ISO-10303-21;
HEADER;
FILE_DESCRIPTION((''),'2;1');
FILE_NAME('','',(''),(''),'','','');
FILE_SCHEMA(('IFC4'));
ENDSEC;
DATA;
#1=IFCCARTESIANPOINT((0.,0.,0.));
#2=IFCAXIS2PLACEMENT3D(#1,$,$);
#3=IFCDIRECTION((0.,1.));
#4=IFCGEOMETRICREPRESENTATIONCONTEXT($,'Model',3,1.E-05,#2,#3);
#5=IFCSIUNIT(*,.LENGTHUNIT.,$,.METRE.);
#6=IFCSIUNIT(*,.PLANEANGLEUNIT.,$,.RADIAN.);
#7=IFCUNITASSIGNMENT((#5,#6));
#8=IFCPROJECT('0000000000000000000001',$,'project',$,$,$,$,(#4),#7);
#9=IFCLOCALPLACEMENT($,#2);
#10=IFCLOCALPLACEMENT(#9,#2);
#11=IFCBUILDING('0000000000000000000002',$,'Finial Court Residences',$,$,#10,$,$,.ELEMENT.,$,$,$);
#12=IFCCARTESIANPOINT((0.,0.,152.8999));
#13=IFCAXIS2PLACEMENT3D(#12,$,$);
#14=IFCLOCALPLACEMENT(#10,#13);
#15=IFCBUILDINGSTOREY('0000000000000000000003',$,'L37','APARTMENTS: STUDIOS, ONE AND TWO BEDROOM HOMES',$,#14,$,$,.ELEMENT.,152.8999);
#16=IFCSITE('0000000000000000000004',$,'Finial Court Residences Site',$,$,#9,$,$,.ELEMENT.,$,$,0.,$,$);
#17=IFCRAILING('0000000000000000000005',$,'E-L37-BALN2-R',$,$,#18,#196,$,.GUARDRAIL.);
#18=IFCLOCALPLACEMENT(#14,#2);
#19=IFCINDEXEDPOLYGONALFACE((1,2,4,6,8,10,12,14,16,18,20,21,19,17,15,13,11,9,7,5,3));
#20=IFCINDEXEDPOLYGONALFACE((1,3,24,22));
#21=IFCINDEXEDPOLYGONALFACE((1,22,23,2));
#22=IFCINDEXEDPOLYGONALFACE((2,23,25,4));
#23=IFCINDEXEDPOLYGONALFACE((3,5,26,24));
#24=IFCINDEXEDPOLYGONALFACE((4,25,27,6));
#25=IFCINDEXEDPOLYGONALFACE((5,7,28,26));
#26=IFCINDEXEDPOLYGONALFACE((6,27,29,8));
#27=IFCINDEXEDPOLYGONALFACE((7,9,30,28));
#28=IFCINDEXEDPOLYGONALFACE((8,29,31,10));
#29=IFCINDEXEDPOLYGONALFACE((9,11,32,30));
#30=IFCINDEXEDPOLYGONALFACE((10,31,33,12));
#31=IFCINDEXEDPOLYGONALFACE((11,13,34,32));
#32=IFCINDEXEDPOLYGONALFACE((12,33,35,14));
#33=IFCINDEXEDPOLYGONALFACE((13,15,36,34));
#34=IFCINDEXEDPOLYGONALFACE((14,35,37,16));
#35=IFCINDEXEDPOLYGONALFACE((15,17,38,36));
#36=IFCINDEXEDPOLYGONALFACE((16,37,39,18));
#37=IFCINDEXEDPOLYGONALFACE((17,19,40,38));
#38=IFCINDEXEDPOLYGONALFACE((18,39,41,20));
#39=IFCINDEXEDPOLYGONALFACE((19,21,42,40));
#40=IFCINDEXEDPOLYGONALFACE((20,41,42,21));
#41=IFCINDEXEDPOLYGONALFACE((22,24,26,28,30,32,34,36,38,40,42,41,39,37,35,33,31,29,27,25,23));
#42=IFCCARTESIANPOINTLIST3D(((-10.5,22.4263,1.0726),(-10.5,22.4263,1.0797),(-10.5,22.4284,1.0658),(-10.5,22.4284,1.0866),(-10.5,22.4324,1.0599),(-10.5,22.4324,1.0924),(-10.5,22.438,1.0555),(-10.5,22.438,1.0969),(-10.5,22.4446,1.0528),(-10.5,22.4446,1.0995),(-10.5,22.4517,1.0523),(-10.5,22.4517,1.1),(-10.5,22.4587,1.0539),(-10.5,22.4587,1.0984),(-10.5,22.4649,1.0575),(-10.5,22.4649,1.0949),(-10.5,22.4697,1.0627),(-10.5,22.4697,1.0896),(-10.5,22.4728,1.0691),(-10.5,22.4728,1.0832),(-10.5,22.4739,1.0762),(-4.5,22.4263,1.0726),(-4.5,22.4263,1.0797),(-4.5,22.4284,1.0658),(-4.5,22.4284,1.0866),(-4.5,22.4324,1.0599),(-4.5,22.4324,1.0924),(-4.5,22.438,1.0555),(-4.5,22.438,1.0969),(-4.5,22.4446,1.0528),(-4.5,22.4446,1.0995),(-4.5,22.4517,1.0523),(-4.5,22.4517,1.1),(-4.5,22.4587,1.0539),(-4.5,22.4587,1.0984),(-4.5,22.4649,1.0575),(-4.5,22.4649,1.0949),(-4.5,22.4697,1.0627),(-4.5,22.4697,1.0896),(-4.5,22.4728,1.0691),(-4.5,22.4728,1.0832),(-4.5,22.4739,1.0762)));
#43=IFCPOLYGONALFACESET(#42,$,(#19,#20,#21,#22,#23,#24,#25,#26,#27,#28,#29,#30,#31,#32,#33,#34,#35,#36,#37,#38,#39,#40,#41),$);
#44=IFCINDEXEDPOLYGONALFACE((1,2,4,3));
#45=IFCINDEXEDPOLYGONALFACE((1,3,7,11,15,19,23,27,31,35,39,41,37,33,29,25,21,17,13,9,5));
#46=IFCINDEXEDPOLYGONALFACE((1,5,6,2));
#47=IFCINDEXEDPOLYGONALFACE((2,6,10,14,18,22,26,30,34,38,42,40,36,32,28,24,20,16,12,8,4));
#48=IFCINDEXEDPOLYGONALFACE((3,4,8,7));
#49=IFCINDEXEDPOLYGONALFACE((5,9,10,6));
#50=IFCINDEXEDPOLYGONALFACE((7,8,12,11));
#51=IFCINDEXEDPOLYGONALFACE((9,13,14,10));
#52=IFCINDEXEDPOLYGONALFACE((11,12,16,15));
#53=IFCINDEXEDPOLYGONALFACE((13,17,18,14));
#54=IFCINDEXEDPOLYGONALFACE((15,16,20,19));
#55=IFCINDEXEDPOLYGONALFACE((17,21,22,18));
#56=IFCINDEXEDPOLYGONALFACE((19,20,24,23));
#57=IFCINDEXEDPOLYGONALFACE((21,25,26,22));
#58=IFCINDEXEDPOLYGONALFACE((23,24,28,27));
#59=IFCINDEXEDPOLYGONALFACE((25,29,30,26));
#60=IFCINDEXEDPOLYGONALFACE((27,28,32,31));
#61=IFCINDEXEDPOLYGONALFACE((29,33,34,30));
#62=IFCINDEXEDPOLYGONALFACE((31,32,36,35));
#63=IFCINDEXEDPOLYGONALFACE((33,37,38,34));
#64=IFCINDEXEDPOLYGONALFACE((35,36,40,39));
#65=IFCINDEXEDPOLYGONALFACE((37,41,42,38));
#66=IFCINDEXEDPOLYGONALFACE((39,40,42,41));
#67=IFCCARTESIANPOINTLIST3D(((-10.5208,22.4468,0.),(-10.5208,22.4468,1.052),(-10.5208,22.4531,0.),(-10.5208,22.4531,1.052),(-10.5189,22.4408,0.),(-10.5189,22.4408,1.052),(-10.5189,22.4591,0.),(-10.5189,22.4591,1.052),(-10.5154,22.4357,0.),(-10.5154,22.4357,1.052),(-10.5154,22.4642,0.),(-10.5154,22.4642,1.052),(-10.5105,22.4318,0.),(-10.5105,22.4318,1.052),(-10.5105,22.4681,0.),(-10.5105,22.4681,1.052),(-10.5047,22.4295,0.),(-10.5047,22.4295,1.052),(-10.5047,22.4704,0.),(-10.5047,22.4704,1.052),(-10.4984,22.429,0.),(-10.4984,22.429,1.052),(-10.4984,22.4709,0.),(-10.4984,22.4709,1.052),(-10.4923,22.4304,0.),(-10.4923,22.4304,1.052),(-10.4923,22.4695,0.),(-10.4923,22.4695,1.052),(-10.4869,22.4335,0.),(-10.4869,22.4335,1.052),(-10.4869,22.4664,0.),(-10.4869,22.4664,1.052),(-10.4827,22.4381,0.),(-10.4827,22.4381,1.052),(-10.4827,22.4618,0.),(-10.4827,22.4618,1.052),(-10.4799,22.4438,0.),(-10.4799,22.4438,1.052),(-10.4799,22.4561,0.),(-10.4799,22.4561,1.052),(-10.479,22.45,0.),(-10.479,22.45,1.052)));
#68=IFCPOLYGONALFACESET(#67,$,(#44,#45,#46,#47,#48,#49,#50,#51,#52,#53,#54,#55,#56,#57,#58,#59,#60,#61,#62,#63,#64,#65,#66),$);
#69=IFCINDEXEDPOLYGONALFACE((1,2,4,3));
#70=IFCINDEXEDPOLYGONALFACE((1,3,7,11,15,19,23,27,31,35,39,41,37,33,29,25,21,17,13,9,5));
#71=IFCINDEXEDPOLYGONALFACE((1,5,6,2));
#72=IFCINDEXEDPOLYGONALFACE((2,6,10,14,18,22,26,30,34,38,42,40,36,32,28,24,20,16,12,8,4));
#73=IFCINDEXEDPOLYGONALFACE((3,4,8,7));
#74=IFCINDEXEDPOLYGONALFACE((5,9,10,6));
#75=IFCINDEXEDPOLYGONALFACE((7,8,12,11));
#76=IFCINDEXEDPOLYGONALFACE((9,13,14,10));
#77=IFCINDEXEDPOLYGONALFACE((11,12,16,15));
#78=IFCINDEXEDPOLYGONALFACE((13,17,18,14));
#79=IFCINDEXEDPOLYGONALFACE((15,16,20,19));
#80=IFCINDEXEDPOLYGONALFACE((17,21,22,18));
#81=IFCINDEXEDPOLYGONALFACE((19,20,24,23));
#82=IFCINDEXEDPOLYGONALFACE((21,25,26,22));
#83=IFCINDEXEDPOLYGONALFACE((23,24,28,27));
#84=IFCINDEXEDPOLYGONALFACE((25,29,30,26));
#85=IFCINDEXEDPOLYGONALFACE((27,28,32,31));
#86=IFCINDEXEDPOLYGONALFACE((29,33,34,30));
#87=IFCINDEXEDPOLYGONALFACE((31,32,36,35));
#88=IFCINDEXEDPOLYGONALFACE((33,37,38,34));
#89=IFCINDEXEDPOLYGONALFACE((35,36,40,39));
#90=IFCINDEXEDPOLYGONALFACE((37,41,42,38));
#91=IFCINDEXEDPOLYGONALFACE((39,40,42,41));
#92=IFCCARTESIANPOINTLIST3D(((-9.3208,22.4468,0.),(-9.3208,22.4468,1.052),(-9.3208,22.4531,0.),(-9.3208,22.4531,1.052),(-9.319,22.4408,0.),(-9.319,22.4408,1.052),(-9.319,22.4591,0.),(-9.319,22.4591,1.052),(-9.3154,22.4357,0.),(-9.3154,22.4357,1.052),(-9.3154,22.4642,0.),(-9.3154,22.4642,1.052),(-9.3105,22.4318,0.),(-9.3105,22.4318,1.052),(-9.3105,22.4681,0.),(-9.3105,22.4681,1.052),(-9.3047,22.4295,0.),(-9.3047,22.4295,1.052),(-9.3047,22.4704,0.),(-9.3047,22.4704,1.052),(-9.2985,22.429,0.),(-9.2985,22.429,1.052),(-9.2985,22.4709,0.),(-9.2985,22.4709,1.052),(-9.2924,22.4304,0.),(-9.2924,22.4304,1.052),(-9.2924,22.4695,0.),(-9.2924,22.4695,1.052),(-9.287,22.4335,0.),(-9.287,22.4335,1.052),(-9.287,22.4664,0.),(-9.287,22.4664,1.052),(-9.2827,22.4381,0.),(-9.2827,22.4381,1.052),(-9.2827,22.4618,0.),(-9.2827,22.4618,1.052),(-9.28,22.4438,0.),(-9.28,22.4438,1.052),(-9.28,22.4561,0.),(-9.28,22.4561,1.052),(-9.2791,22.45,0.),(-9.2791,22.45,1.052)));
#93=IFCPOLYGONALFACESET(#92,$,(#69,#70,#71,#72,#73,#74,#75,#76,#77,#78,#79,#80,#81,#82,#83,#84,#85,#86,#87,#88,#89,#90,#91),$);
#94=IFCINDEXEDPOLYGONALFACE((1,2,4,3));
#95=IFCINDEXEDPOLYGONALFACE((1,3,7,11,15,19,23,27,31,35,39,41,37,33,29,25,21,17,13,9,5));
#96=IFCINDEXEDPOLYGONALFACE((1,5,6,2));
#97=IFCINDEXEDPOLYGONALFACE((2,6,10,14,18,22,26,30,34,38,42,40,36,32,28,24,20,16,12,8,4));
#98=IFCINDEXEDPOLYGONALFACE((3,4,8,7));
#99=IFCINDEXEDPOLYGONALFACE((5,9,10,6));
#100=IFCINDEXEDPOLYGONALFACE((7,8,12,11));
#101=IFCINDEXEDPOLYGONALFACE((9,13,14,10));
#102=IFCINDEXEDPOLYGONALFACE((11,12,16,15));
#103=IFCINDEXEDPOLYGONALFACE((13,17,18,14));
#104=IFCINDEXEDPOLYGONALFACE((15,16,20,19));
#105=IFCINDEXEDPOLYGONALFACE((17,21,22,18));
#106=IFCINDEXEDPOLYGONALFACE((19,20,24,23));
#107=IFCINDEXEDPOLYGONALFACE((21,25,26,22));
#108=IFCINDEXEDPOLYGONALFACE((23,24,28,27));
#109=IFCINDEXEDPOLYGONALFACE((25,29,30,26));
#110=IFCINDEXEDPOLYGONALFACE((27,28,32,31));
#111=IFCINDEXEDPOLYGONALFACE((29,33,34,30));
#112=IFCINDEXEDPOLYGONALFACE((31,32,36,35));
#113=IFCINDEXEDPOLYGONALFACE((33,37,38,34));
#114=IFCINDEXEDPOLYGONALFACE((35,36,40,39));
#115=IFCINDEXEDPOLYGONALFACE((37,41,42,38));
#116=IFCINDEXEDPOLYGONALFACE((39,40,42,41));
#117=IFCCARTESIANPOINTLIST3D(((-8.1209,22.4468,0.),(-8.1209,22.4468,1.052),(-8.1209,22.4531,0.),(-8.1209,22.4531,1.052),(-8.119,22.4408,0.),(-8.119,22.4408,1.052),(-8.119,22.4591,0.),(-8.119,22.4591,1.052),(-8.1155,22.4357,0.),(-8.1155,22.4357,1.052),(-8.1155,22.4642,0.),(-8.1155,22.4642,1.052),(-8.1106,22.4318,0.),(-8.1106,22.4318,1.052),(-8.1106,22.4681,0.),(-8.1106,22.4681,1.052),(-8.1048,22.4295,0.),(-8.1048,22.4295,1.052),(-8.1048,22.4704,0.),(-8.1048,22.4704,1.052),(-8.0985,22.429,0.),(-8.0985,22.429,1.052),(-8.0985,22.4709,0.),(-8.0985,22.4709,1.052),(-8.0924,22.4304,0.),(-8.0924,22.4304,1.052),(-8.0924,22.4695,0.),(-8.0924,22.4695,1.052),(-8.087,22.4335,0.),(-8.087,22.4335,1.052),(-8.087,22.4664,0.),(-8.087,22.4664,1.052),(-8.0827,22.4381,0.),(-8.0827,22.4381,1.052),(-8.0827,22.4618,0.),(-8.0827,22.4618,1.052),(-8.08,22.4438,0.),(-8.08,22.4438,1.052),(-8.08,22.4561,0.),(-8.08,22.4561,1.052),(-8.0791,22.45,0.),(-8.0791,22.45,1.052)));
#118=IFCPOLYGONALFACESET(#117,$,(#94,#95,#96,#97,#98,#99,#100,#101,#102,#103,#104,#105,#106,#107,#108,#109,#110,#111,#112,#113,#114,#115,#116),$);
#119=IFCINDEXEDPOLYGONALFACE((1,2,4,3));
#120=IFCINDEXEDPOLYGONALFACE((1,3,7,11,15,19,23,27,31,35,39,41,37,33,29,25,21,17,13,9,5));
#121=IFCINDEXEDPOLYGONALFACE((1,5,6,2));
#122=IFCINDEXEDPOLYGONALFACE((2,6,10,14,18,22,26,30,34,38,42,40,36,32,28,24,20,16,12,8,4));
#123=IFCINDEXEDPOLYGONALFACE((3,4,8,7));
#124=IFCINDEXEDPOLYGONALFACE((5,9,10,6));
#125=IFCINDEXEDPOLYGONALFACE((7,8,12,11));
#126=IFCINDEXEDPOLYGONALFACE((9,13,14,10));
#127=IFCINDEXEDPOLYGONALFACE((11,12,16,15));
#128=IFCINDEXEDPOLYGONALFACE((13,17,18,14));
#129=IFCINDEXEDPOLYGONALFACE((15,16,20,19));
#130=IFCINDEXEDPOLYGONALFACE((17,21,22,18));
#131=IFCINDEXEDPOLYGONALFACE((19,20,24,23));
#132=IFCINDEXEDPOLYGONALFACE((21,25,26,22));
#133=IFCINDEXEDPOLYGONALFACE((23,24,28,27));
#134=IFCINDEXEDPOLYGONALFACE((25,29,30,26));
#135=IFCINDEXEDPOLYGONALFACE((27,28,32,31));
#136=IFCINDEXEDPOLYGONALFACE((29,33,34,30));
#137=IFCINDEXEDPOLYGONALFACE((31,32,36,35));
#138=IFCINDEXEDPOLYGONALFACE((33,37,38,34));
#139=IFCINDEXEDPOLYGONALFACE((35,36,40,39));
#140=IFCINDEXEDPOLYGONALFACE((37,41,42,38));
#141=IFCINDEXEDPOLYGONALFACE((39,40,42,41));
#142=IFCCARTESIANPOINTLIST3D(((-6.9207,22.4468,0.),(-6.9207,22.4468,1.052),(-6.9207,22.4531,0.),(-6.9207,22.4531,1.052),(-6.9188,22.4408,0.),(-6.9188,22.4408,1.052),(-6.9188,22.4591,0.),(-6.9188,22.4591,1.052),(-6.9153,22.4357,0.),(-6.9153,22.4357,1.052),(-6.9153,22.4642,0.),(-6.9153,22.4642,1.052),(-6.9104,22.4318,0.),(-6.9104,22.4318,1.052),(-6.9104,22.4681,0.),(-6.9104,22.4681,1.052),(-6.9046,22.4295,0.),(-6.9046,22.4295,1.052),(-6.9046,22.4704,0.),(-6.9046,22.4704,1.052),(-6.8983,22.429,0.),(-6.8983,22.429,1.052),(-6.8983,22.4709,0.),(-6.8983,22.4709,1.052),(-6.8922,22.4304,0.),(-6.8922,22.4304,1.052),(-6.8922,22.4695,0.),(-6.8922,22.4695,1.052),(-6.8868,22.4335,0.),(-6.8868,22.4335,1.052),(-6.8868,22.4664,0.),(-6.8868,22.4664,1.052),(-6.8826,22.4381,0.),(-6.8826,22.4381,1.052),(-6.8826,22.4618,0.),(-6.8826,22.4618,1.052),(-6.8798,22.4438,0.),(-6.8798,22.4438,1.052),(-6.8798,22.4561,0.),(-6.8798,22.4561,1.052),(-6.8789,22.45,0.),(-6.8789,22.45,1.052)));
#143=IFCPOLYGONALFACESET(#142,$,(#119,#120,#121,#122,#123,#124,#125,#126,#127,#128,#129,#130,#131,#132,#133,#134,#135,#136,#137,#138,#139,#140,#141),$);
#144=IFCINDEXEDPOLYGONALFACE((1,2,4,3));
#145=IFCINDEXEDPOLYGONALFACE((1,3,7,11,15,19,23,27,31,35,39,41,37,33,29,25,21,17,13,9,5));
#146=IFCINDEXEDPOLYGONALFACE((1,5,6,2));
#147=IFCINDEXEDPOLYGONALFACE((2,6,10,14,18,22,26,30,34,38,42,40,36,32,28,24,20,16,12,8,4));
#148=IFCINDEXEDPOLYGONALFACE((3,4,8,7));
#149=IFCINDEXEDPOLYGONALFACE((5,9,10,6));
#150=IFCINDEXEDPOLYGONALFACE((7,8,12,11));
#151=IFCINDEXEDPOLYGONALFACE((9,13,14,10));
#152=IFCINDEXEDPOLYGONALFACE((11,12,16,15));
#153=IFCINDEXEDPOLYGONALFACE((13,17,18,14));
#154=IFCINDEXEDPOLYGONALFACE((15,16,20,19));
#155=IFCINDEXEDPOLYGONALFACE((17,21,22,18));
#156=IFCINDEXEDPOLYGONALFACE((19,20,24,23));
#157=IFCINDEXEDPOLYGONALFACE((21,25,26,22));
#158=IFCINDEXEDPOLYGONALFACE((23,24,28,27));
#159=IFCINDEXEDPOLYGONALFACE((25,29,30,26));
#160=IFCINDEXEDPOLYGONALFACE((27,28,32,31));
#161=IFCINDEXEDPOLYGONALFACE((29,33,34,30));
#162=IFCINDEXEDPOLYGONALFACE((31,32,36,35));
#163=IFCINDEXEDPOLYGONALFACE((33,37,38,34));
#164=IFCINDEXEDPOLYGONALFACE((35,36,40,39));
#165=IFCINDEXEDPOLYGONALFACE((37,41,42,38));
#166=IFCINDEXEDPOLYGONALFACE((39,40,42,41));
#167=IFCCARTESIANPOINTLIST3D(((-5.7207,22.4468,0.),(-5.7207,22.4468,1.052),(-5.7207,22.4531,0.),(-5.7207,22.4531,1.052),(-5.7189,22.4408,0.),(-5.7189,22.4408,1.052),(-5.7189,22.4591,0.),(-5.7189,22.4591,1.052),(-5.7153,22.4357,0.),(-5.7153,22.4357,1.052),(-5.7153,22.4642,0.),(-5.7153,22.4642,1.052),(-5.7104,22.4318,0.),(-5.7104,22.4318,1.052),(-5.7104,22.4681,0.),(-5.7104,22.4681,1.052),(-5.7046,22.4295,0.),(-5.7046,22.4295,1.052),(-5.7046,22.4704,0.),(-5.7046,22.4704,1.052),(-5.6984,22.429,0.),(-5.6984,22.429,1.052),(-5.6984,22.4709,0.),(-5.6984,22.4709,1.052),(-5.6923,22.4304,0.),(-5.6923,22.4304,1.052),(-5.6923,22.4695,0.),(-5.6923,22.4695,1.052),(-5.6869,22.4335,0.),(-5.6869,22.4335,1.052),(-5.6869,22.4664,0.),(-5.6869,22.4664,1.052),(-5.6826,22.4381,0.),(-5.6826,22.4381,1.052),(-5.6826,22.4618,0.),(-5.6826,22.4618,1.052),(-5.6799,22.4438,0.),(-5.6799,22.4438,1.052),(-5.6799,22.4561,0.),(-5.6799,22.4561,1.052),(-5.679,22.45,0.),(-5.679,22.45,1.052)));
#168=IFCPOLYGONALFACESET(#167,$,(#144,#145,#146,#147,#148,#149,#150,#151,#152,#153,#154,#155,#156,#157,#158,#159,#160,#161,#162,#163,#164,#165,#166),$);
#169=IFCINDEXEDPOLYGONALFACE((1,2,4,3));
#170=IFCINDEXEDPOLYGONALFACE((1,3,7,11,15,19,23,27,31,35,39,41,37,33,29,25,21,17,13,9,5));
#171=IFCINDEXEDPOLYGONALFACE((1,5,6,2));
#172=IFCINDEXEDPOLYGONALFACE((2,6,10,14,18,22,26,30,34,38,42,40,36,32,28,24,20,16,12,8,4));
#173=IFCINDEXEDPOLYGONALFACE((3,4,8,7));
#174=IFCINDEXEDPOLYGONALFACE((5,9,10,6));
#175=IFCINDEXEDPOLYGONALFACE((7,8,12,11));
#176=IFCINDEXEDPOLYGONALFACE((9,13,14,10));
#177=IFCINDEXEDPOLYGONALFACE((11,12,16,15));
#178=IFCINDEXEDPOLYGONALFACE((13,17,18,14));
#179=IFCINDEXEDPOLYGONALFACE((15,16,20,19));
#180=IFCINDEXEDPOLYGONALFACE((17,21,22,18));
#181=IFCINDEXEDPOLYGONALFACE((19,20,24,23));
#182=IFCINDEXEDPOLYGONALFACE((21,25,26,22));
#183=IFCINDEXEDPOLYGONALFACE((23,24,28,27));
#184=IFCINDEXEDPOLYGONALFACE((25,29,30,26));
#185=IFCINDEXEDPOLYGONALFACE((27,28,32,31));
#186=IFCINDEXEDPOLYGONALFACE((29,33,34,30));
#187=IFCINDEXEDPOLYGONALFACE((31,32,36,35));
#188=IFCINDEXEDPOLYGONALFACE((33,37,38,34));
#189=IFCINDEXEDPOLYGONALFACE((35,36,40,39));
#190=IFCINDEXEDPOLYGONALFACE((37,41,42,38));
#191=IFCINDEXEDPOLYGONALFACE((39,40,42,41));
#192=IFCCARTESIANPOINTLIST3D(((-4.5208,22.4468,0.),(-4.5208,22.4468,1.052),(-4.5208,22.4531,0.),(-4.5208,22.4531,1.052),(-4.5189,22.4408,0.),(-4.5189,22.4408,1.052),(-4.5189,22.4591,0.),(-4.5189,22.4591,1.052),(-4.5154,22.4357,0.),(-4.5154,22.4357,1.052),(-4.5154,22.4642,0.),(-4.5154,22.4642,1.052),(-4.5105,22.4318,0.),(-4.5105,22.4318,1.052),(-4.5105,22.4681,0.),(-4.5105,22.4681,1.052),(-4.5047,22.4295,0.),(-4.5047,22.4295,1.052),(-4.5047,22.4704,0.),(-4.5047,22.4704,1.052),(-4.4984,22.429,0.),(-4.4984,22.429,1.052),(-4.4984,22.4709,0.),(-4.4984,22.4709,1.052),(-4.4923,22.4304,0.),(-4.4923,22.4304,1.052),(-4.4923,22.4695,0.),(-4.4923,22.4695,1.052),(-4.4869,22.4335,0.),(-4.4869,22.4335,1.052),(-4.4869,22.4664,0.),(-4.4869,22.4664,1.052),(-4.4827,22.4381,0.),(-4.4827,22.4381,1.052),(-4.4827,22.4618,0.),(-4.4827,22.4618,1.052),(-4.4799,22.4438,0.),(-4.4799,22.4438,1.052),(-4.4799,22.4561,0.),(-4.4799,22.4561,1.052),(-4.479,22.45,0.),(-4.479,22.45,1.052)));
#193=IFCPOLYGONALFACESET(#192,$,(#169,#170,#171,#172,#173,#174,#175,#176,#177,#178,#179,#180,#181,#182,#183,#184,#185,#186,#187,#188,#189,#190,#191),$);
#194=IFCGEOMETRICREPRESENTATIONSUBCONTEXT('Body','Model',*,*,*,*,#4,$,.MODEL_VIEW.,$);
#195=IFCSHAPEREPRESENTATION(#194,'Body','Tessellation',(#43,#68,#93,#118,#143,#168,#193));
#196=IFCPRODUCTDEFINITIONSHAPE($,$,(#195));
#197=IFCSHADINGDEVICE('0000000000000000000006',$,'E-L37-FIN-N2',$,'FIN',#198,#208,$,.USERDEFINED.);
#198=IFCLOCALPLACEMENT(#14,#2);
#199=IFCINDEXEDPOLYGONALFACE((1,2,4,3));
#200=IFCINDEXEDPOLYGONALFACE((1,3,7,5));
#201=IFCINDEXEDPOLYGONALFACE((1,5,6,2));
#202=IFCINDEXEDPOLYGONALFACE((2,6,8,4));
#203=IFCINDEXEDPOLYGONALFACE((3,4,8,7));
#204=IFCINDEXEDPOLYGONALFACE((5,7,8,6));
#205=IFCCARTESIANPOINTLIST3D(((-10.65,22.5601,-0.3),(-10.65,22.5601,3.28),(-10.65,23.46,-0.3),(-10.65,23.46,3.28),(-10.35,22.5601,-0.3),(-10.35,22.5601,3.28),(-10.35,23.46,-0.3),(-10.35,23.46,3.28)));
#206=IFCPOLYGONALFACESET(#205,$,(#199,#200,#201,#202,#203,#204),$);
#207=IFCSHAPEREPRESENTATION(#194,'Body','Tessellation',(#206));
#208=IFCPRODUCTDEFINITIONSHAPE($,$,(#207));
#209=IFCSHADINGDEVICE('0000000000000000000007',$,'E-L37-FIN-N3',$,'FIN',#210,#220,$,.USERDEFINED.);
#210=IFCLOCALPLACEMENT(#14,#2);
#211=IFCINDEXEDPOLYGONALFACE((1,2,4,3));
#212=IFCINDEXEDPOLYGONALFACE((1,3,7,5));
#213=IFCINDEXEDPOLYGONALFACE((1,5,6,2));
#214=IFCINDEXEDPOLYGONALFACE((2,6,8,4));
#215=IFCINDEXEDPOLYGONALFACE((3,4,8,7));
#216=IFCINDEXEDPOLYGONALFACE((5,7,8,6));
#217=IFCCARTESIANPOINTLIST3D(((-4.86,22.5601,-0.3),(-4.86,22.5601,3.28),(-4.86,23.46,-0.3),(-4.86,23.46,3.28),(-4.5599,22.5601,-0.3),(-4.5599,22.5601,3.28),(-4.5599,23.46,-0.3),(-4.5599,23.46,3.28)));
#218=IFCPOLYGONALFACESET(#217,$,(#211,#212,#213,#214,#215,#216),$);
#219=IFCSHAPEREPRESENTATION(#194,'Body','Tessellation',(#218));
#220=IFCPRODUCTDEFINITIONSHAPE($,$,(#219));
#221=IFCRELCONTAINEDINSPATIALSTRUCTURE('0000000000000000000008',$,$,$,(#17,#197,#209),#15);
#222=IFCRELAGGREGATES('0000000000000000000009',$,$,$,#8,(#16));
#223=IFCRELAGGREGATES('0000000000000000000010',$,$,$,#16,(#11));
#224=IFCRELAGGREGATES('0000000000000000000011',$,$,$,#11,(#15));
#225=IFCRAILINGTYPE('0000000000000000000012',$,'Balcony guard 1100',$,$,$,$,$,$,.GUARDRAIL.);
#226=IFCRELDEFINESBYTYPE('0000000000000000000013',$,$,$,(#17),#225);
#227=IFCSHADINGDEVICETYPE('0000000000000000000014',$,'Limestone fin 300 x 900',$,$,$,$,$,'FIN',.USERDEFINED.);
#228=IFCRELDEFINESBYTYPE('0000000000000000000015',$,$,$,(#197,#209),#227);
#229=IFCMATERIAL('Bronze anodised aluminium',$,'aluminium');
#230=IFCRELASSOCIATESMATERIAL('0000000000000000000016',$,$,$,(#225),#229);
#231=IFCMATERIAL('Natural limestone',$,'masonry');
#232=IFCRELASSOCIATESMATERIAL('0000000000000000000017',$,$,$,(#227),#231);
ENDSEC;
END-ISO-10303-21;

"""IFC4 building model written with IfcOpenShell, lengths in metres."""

from ifc_helpers import new_model, si_unit, direction, frame, origin, origin_2d, place, context, subcontext, project, spatial, rectangle, circle, extrude, material, type_object, element, save


model = new_model("IFC4")

# Units and contexts
model_context = context("Model", 3, precision=1e-05, world=origin(), true_north=direction((0.0, 1.0)))
body_context = subcontext(model_context, "Body", "Model", "MODEL_VIEW")
ifc_project = project(units=[si_unit("LENGTHUNIT", "METRE"), si_unit("PLANEANGLEUNIT", "RADIAN")], contexts=[model_context])

# Site, building, storey
site_placement = place(None, origin())
site = spatial("IfcSite", under=ifc_project, at=site_placement, Name="Finial Court Residences Site", CompositionType="ELEMENT", RefElevation=0.0)
building_placement = place(site_placement, origin())
building = spatial("IfcBuilding", under=site, at=building_placement, Name="Finial Court Residences", CompositionType="ELEMENT")
storey_placement = place(building_placement, frame((0.0, 0.0, 152.8999)))
storey = spatial("IfcBuildingStorey", under=building, at=storey_placement, Name="L37", Description="APARTMENTS: STUDIOS, ONE AND TWO BEDROOM HOMES", CompositionType="ELEMENT", Elevation=152.8999)

# Shared definitions
ifc_material_1 = material(Name="Bronze anodised aluminium", Category="aluminium")

# Shared definitions
ifc_material_2 = material(Name="Natural limestone", Category="masonry")

# Railing
railing_type = type_object("IfcRailingType", Name="Balcony guard 1100", PredefinedType="GUARDRAIL", material=ifc_material_1)
railing_placement = place(storey_placement, frame((-10.5, 22.45, 0.0)))
element("IfcRailing", 1, at=railing_placement, inside=storey, type_object=railing_type, Name="E-L37-BALN2-R", PredefinedType="GUARDRAIL", context=body_context, shape_type="SweptSolid", body=[
    extrude(circle(Radius=0.0239, at=origin_2d()), frame((0.0, 0.0, 1.0762), z_axis=(1.0, 0.0, 0.0), x_axis=(0.0, 1.0, 0.0)), (0.0, 0.0, 1.0), 6.0),
    extrude(circle(Radius=0.021, at=origin_2d()), origin(), (0.0, 0.0, 1.0), 1.052),
    extrude(circle(Radius=0.021, at=origin_2d()), frame((1.2, 0.0, 0.0)), (0.0, 0.0, 1.0), 1.052),
    extrude(circle(Radius=0.021, at=origin_2d()), frame((2.3999, 0.0, 0.0)), (0.0, 0.0, 1.0), 1.052),
    extrude(circle(Radius=0.021, at=origin_2d()), frame((3.6001, 0.0, 0.0)), (0.0, 0.0, 1.0), 1.052),
    extrude(circle(Radius=0.021, at=origin_2d()), frame((4.8, 0.0, 0.0)), (0.0, 0.0, 1.0), 1.052),
    extrude(circle(Radius=0.021, at=origin_2d()), frame((6.0, 0.0, 0.0)), (0.0, 0.0, 1.0), 1.052),
])

# Shading devices
shading_device_type = type_object("IfcShadingDeviceType", Name="Limestone fin 300 x 900", ElementType="FIN", PredefinedType="USERDEFINED", material=ifc_material_2)
for number, where, z_axis, x_axis, name in (
    (2, (-10.5, 23.01, -0.3), (0.0, 0.0, 1.0), (1.0, 0.0, 0.0), "E-L37-FIN-N2"),
    (3, (-4.71, 23.01, -0.3), (0.0, 0.0, 1.0), (1.0, 0.0, 0.0), "E-L37-FIN-N3"),
):
    element("IfcShadingDevice", number, at=place(storey_placement, frame(where, z_axis=z_axis, x_axis=x_axis)), inside=storey, type_object=shading_device_type, Name=name, ObjectType="FIN", PredefinedType="USERDEFINED", context=body_context, shape_type="SweptSolid", body=[
        extrude(rectangle(XDim=0.3, YDim=0.8999, at=origin_2d()), origin(), (0.0, 0.0, 1.0), 3.5801),
    ])

save(model, "model.ifc")
